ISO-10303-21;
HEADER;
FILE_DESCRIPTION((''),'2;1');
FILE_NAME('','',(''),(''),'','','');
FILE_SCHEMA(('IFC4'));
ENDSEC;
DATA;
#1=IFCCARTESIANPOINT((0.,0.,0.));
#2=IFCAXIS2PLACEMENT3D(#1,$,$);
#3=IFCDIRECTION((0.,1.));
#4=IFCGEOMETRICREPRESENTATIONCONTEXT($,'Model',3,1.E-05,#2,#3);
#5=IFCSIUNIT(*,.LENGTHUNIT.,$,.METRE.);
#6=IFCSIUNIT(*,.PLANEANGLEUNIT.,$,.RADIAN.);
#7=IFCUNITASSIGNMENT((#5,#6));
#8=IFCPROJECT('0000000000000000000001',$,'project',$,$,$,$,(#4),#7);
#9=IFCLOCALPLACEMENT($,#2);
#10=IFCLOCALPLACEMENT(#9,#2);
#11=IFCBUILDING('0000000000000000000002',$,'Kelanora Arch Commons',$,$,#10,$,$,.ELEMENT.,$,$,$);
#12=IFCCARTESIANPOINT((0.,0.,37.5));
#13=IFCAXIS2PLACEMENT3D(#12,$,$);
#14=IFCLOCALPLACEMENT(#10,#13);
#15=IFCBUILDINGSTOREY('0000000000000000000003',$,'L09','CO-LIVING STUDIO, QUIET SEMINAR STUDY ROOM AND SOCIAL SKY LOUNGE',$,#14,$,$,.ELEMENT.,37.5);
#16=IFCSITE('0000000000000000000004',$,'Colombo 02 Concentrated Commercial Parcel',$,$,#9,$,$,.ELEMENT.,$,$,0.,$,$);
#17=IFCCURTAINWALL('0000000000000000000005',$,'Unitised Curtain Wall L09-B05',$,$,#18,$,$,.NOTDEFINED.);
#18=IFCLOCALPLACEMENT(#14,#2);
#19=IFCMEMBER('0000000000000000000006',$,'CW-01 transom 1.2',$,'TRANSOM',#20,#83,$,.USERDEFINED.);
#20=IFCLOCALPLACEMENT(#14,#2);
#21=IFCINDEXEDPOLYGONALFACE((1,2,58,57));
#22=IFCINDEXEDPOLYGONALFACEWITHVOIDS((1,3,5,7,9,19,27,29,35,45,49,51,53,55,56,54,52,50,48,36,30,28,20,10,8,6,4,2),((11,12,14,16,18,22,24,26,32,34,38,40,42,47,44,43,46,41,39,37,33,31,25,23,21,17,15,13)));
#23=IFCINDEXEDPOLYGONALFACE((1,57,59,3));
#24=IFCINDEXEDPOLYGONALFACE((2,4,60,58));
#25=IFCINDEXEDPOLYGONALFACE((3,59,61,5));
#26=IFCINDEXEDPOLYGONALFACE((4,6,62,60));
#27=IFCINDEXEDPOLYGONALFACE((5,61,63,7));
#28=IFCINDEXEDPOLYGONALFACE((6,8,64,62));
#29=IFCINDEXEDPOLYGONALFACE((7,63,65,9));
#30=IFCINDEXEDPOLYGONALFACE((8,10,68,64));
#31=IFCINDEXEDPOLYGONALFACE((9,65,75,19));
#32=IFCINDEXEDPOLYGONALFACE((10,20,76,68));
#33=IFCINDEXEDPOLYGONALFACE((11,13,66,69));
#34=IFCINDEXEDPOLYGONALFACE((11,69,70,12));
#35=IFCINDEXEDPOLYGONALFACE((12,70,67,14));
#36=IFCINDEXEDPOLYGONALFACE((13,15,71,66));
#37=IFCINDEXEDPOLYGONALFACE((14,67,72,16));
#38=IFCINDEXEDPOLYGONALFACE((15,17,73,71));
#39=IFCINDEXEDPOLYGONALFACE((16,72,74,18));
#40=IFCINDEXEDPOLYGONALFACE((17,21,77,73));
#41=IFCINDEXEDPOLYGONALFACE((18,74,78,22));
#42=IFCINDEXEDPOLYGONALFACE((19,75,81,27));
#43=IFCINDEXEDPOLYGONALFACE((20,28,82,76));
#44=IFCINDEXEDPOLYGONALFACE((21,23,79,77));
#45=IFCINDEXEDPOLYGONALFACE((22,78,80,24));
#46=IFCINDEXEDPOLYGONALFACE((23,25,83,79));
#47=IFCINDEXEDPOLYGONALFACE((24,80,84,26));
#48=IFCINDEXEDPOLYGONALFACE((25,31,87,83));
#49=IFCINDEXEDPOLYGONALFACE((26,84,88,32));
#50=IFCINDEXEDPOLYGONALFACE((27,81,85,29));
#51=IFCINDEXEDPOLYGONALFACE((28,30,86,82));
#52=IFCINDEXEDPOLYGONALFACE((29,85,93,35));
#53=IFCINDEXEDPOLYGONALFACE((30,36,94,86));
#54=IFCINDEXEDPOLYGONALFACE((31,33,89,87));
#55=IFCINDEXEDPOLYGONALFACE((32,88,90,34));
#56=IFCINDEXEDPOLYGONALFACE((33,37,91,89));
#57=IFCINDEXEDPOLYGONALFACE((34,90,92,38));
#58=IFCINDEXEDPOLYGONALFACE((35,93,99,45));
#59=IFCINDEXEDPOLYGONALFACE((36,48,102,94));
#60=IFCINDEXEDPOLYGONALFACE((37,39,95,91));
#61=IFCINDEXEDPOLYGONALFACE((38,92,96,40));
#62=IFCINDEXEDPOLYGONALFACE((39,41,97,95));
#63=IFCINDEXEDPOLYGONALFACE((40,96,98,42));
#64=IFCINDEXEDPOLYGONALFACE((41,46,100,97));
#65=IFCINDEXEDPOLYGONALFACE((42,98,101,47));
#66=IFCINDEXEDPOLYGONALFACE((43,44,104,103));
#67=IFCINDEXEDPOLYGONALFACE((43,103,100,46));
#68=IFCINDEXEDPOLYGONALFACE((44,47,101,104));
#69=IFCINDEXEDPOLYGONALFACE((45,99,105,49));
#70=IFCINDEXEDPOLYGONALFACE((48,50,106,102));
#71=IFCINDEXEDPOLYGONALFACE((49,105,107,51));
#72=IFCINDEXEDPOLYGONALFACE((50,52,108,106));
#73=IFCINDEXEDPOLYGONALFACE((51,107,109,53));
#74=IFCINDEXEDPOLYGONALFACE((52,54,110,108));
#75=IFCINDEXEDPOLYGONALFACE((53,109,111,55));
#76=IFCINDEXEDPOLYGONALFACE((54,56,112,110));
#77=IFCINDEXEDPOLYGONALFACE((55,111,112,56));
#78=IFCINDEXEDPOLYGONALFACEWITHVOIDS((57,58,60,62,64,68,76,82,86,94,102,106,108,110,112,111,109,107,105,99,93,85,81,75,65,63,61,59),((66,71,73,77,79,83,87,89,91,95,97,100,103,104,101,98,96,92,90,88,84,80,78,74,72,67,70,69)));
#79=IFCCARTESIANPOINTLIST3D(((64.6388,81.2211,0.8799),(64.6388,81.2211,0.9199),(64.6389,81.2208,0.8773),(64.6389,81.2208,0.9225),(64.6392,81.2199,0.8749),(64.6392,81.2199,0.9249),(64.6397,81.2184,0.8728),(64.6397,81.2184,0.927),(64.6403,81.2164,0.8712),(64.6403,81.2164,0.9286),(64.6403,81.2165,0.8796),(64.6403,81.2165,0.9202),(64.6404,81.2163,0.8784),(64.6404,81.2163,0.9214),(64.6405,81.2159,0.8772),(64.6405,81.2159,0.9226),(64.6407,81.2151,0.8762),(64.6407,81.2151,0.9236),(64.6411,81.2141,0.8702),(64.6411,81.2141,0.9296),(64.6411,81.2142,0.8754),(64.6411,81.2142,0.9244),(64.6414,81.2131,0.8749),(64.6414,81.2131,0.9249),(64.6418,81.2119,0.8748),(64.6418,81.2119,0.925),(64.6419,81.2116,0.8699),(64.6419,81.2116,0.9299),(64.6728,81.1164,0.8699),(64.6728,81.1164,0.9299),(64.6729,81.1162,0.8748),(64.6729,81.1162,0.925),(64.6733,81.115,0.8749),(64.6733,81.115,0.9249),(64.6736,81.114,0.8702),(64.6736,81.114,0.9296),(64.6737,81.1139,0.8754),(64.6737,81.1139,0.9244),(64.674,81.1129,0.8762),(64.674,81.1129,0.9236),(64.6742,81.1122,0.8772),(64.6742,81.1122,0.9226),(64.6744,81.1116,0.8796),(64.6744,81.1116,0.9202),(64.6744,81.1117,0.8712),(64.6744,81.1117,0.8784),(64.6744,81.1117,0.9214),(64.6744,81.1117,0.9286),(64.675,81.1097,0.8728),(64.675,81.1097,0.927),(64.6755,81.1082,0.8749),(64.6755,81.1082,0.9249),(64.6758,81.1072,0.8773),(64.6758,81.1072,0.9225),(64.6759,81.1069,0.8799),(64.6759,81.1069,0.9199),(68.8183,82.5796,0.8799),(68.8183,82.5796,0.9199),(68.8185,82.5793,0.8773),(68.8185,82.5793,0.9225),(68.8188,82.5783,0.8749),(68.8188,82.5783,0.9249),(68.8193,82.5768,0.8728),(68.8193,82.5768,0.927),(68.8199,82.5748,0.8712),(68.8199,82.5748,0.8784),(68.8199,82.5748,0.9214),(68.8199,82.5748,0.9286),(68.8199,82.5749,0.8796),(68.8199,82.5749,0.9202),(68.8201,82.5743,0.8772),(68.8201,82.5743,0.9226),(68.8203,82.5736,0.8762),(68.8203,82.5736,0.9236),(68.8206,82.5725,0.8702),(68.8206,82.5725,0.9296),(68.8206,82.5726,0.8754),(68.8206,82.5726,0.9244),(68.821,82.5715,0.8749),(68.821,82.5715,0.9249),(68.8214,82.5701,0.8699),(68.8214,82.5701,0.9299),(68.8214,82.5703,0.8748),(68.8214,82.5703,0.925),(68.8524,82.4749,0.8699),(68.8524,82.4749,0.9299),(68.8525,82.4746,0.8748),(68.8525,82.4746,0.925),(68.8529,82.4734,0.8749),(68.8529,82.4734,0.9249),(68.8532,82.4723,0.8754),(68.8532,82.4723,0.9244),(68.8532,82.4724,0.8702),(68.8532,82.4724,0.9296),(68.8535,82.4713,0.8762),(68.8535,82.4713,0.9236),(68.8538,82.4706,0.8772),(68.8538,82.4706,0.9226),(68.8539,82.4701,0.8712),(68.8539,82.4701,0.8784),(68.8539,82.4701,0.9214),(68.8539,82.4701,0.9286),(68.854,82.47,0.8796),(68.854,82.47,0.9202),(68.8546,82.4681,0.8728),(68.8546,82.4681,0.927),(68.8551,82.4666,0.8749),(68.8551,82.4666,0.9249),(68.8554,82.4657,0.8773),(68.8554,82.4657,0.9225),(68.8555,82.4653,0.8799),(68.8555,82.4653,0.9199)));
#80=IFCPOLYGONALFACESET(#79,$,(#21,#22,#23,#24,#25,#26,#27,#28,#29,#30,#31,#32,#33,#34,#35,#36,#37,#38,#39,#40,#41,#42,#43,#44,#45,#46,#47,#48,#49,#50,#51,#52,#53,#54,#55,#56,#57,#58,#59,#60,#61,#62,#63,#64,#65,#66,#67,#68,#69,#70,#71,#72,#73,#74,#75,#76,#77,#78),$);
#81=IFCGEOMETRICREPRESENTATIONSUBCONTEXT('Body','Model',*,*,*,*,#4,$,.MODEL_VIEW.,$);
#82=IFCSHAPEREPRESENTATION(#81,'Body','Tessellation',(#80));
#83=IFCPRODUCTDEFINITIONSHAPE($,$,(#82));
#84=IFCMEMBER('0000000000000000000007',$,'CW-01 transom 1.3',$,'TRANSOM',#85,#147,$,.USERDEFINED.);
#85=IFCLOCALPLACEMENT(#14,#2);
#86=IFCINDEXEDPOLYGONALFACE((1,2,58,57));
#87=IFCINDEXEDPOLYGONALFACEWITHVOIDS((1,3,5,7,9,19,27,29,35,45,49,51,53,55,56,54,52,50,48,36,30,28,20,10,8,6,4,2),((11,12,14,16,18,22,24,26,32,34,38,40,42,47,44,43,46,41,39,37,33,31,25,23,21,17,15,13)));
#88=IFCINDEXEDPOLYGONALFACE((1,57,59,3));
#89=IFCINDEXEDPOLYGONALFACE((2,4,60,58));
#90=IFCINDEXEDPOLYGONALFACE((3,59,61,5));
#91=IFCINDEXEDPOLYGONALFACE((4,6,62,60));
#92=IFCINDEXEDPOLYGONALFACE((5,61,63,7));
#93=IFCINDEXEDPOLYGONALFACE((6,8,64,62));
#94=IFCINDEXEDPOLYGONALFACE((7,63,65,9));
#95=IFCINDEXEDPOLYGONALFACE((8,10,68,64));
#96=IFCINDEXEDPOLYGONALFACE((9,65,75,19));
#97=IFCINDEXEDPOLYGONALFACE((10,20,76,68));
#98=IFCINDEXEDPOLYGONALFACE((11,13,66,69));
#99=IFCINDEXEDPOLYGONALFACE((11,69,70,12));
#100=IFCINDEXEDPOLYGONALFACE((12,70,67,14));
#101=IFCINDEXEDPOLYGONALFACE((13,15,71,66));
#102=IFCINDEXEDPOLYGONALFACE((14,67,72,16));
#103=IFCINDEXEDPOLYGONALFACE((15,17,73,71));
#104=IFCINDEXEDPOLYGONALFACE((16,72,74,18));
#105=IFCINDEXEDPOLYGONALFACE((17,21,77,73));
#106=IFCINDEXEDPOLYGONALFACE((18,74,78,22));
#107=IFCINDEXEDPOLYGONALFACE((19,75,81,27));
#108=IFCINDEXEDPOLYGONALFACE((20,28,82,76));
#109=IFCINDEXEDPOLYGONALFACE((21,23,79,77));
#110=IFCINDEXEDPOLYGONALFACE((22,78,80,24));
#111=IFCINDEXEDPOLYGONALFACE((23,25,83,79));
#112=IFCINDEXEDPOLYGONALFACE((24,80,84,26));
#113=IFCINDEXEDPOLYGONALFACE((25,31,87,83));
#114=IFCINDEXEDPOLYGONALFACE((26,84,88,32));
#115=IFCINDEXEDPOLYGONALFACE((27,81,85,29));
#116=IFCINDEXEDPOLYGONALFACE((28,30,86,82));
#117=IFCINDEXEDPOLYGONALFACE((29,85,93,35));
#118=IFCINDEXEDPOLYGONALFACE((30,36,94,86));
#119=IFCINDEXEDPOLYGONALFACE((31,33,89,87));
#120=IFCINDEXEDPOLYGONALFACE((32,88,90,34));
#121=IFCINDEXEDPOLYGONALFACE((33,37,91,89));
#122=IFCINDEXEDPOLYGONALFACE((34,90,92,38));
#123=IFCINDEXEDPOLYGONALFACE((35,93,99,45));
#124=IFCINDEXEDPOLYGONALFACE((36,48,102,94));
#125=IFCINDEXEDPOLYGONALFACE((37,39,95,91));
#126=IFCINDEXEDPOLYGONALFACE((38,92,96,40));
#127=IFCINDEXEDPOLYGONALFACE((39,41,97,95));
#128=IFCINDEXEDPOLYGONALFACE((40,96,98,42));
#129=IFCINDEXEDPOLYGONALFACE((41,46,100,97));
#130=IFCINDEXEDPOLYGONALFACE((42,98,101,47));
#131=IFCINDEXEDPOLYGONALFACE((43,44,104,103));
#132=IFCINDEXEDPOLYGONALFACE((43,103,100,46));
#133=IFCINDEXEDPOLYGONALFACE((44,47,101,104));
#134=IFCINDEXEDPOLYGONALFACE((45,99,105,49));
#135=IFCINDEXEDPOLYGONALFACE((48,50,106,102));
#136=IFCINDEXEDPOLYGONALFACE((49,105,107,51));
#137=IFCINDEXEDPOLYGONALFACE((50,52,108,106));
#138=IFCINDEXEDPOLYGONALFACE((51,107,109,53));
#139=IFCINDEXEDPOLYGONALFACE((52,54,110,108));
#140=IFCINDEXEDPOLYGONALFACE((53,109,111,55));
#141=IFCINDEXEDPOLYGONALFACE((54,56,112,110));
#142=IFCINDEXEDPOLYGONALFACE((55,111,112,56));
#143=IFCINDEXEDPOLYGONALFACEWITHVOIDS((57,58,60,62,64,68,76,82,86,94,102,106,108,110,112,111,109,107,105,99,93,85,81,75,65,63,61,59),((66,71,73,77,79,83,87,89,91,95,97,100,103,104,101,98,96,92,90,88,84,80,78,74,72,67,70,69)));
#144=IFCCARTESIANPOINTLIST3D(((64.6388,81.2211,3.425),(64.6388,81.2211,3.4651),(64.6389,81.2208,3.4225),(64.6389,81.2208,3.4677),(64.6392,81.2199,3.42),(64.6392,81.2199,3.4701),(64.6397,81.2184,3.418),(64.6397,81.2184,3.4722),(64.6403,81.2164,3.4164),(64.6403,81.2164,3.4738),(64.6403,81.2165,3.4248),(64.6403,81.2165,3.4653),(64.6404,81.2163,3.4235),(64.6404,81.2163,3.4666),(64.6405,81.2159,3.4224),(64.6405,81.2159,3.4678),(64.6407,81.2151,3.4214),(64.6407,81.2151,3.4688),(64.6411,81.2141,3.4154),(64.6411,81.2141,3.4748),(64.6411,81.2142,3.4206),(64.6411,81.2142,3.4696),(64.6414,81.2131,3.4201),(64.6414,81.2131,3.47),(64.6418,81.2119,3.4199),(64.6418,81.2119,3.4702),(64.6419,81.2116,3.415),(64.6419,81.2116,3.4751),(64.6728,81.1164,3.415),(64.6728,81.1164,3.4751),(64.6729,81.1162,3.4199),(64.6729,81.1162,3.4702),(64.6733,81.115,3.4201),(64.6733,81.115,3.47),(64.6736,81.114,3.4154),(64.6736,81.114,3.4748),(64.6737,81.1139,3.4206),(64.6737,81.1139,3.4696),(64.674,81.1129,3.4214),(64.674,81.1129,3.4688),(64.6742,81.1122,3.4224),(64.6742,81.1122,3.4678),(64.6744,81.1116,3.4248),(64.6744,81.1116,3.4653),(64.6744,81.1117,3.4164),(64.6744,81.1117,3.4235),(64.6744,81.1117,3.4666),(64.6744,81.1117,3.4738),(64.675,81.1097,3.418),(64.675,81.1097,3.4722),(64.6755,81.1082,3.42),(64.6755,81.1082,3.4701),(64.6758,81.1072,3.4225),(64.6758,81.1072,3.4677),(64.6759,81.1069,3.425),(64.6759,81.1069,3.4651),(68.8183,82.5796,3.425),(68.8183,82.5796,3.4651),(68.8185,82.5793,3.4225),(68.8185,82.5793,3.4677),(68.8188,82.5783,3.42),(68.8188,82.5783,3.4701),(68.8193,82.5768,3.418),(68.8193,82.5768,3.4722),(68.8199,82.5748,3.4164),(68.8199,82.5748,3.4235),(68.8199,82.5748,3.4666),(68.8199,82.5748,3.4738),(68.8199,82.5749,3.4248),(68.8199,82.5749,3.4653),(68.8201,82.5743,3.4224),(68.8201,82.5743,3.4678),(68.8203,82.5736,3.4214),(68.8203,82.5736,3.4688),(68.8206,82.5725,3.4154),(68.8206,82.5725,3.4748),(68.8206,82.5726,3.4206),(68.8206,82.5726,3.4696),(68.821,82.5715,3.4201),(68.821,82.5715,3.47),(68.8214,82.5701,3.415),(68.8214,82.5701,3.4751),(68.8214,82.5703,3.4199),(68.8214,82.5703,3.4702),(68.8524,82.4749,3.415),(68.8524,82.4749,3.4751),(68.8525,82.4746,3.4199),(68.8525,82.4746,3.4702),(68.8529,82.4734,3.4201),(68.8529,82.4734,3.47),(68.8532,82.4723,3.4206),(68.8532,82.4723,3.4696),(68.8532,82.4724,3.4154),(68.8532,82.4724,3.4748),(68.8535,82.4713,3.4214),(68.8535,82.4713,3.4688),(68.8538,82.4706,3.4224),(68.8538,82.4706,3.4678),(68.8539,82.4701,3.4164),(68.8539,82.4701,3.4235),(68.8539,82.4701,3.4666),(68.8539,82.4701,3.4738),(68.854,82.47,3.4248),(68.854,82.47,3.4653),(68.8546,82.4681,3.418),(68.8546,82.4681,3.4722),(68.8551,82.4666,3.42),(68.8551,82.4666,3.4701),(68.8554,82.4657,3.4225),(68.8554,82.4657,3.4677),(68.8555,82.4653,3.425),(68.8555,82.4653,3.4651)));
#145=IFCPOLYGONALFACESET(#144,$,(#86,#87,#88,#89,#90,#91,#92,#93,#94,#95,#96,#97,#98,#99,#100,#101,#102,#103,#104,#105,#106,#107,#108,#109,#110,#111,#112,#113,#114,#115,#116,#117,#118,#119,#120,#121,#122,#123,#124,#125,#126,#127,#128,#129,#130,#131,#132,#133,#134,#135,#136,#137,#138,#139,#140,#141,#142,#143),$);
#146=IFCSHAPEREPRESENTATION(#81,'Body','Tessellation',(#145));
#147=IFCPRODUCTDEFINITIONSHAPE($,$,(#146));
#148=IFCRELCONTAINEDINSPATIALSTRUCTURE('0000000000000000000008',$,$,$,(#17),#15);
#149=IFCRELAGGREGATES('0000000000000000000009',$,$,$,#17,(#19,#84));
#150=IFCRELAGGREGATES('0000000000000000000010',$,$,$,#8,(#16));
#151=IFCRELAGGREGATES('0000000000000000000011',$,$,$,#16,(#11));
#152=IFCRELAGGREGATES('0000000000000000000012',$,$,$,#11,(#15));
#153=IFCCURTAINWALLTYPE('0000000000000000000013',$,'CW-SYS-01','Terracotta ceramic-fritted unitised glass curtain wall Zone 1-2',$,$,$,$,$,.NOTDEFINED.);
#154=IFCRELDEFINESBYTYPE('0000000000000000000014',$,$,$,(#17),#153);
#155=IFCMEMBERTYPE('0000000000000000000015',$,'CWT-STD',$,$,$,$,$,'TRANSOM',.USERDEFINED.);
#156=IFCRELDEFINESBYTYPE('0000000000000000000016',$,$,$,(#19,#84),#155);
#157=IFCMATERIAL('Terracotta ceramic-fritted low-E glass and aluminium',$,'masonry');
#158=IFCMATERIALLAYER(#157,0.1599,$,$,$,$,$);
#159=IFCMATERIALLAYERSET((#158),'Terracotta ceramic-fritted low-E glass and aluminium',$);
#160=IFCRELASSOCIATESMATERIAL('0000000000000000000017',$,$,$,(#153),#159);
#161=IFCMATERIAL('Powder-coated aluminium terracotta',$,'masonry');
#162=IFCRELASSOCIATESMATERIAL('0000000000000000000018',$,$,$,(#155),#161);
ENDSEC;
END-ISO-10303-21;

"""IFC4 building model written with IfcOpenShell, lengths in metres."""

from ifc_helpers import new_model, si_unit, direction, frame, origin, origin_2d, place, context, subcontext, project, spatial, hollow_rectangle, extrude, material, layer, layer_set, material_profile, profile_set, type_object, element, aggregate, save


model = new_model("IFC4")

# Units and contexts
model_context = context("Model", 3, precision=1e-05, world=origin(), true_north=direction((0.0, 1.0)))
body_context = subcontext(model_context, "Body", "Model", "MODEL_VIEW")
ifc_project = project(units=[si_unit("LENGTHUNIT", "METRE"), si_unit("PLANEANGLEUNIT", "RADIAN")], contexts=[model_context])

# Site, building, storey
site_placement = place(None, origin())
site = spatial("IfcSite", under=ifc_project, at=site_placement, Name="Colombo 02 Concentrated Commercial Parcel", CompositionType="ELEMENT", RefElevation=0.0)
building_placement = place(site_placement, origin())
building = spatial("IfcBuilding", under=site, at=building_placement, Name="Kelanora Arch Commons", CompositionType="ELEMENT")
storey_placement = place(building_placement, frame((0.0, 0.0, 37.5)))
storey = spatial("IfcBuildingStorey", under=building, at=storey_placement, Name="L09", Description="CO-LIVING STUDIO, QUIET SEMINAR STUDY ROOM AND SOCIAL SKY LOUNGE", CompositionType="ELEMENT", Elevation=37.5)

# Curtain wall, members
ifc_material_1 = material(Name="Terracotta ceramic-fritted low-E glass and aluminium", Category="masonry")
ifc_layer_1 = layer(ifc_material_1, 0.1599)
ifc_layer_set_1 = layer_set([ifc_layer_1], Name="Terracotta ceramic-fritted low-E glass and aluminium")
curtain_wall_type = type_object("IfcCurtainWallType", Name="CW-SYS-01", Description="Terracotta ceramic-fritted unitised glass curtain wall Zone 1-2", PredefinedType="NOTDEFINED", material=ifc_layer_set_1)
curtain_wall_placement = place(storey_placement, origin())
curtain_wall = element("IfcCurtainWall", 1, at=curtain_wall_placement, inside=storey, type_object=curtain_wall_type, Name="Unitised Curtain Wall L09-B05", PredefinedType="NOTDEFINED")
ifc_material_2 = material(Name="Powder-coated aluminium terracotta", Category="masonry")
ifc_material_profile_1 = material_profile(ifc_material_2, hollow_rectangle(XDim=0.1201, YDim=0.0601, WallThickness=0.0049, InnerFilletRadius=0.0049, OuterFilletRadius=0.01, at=origin_2d()), Name="CWT120x60")
ifc_profile_set_1 = profile_set([ifc_material_profile_1], Name="Powder-coated aluminium terracotta")
member_type_1 = type_object("IfcMemberType", Name="CWT-STD", ElementType="TRANSOM", PredefinedType="USERDEFINED", material=ifc_profile_set_1)
member_1_placement = place(storey_placement, frame((68.8369, 82.5225, 0.8999), z_axis=(-0.951029, -0.309102, 0.0), x_axis=(0.309102, -0.951029, 0.0)))
member_1 = element("IfcMember", 2, at=member_1_placement, type_object=member_type_1, Name="CW-01 transom 1.2", ObjectType="TRANSOM", PredefinedType="USERDEFINED", context=body_context, shape_type="SweptSolid", body=[
    extrude(hollow_rectangle(XDim=0.1201, YDim=0.0601, WallThickness=0.0049, InnerFilletRadius=0.0049, OuterFilletRadius=0.01, at=origin_2d()), origin(), (0.0, 0.0, 1.0), 4.3948),
])
member_2_placement = place(storey_placement, frame((68.8369, 82.5225, 3.4451), z_axis=(-0.951029, -0.309102, 0.0), x_axis=(0.309102, -0.951029, 0.0)))
member_2 = element("IfcMember", 3, at=member_2_placement, type_object=member_type_1, Name="CW-01 transom 1.3", ObjectType="TRANSOM", PredefinedType="USERDEFINED", context=body_context, shape_type="SweptSolid", body=[
    extrude(hollow_rectangle(XDim=0.1201, YDim=0.0601, WallThickness=0.0049, InnerFilletRadius=0.0049, OuterFilletRadius=0.01, at=origin_2d()), origin(), (0.0, 0.0, 1.0), 4.3948),
])
aggregate(curtain_wall, [member_1, member_2])

save(model, "model.ifc")
